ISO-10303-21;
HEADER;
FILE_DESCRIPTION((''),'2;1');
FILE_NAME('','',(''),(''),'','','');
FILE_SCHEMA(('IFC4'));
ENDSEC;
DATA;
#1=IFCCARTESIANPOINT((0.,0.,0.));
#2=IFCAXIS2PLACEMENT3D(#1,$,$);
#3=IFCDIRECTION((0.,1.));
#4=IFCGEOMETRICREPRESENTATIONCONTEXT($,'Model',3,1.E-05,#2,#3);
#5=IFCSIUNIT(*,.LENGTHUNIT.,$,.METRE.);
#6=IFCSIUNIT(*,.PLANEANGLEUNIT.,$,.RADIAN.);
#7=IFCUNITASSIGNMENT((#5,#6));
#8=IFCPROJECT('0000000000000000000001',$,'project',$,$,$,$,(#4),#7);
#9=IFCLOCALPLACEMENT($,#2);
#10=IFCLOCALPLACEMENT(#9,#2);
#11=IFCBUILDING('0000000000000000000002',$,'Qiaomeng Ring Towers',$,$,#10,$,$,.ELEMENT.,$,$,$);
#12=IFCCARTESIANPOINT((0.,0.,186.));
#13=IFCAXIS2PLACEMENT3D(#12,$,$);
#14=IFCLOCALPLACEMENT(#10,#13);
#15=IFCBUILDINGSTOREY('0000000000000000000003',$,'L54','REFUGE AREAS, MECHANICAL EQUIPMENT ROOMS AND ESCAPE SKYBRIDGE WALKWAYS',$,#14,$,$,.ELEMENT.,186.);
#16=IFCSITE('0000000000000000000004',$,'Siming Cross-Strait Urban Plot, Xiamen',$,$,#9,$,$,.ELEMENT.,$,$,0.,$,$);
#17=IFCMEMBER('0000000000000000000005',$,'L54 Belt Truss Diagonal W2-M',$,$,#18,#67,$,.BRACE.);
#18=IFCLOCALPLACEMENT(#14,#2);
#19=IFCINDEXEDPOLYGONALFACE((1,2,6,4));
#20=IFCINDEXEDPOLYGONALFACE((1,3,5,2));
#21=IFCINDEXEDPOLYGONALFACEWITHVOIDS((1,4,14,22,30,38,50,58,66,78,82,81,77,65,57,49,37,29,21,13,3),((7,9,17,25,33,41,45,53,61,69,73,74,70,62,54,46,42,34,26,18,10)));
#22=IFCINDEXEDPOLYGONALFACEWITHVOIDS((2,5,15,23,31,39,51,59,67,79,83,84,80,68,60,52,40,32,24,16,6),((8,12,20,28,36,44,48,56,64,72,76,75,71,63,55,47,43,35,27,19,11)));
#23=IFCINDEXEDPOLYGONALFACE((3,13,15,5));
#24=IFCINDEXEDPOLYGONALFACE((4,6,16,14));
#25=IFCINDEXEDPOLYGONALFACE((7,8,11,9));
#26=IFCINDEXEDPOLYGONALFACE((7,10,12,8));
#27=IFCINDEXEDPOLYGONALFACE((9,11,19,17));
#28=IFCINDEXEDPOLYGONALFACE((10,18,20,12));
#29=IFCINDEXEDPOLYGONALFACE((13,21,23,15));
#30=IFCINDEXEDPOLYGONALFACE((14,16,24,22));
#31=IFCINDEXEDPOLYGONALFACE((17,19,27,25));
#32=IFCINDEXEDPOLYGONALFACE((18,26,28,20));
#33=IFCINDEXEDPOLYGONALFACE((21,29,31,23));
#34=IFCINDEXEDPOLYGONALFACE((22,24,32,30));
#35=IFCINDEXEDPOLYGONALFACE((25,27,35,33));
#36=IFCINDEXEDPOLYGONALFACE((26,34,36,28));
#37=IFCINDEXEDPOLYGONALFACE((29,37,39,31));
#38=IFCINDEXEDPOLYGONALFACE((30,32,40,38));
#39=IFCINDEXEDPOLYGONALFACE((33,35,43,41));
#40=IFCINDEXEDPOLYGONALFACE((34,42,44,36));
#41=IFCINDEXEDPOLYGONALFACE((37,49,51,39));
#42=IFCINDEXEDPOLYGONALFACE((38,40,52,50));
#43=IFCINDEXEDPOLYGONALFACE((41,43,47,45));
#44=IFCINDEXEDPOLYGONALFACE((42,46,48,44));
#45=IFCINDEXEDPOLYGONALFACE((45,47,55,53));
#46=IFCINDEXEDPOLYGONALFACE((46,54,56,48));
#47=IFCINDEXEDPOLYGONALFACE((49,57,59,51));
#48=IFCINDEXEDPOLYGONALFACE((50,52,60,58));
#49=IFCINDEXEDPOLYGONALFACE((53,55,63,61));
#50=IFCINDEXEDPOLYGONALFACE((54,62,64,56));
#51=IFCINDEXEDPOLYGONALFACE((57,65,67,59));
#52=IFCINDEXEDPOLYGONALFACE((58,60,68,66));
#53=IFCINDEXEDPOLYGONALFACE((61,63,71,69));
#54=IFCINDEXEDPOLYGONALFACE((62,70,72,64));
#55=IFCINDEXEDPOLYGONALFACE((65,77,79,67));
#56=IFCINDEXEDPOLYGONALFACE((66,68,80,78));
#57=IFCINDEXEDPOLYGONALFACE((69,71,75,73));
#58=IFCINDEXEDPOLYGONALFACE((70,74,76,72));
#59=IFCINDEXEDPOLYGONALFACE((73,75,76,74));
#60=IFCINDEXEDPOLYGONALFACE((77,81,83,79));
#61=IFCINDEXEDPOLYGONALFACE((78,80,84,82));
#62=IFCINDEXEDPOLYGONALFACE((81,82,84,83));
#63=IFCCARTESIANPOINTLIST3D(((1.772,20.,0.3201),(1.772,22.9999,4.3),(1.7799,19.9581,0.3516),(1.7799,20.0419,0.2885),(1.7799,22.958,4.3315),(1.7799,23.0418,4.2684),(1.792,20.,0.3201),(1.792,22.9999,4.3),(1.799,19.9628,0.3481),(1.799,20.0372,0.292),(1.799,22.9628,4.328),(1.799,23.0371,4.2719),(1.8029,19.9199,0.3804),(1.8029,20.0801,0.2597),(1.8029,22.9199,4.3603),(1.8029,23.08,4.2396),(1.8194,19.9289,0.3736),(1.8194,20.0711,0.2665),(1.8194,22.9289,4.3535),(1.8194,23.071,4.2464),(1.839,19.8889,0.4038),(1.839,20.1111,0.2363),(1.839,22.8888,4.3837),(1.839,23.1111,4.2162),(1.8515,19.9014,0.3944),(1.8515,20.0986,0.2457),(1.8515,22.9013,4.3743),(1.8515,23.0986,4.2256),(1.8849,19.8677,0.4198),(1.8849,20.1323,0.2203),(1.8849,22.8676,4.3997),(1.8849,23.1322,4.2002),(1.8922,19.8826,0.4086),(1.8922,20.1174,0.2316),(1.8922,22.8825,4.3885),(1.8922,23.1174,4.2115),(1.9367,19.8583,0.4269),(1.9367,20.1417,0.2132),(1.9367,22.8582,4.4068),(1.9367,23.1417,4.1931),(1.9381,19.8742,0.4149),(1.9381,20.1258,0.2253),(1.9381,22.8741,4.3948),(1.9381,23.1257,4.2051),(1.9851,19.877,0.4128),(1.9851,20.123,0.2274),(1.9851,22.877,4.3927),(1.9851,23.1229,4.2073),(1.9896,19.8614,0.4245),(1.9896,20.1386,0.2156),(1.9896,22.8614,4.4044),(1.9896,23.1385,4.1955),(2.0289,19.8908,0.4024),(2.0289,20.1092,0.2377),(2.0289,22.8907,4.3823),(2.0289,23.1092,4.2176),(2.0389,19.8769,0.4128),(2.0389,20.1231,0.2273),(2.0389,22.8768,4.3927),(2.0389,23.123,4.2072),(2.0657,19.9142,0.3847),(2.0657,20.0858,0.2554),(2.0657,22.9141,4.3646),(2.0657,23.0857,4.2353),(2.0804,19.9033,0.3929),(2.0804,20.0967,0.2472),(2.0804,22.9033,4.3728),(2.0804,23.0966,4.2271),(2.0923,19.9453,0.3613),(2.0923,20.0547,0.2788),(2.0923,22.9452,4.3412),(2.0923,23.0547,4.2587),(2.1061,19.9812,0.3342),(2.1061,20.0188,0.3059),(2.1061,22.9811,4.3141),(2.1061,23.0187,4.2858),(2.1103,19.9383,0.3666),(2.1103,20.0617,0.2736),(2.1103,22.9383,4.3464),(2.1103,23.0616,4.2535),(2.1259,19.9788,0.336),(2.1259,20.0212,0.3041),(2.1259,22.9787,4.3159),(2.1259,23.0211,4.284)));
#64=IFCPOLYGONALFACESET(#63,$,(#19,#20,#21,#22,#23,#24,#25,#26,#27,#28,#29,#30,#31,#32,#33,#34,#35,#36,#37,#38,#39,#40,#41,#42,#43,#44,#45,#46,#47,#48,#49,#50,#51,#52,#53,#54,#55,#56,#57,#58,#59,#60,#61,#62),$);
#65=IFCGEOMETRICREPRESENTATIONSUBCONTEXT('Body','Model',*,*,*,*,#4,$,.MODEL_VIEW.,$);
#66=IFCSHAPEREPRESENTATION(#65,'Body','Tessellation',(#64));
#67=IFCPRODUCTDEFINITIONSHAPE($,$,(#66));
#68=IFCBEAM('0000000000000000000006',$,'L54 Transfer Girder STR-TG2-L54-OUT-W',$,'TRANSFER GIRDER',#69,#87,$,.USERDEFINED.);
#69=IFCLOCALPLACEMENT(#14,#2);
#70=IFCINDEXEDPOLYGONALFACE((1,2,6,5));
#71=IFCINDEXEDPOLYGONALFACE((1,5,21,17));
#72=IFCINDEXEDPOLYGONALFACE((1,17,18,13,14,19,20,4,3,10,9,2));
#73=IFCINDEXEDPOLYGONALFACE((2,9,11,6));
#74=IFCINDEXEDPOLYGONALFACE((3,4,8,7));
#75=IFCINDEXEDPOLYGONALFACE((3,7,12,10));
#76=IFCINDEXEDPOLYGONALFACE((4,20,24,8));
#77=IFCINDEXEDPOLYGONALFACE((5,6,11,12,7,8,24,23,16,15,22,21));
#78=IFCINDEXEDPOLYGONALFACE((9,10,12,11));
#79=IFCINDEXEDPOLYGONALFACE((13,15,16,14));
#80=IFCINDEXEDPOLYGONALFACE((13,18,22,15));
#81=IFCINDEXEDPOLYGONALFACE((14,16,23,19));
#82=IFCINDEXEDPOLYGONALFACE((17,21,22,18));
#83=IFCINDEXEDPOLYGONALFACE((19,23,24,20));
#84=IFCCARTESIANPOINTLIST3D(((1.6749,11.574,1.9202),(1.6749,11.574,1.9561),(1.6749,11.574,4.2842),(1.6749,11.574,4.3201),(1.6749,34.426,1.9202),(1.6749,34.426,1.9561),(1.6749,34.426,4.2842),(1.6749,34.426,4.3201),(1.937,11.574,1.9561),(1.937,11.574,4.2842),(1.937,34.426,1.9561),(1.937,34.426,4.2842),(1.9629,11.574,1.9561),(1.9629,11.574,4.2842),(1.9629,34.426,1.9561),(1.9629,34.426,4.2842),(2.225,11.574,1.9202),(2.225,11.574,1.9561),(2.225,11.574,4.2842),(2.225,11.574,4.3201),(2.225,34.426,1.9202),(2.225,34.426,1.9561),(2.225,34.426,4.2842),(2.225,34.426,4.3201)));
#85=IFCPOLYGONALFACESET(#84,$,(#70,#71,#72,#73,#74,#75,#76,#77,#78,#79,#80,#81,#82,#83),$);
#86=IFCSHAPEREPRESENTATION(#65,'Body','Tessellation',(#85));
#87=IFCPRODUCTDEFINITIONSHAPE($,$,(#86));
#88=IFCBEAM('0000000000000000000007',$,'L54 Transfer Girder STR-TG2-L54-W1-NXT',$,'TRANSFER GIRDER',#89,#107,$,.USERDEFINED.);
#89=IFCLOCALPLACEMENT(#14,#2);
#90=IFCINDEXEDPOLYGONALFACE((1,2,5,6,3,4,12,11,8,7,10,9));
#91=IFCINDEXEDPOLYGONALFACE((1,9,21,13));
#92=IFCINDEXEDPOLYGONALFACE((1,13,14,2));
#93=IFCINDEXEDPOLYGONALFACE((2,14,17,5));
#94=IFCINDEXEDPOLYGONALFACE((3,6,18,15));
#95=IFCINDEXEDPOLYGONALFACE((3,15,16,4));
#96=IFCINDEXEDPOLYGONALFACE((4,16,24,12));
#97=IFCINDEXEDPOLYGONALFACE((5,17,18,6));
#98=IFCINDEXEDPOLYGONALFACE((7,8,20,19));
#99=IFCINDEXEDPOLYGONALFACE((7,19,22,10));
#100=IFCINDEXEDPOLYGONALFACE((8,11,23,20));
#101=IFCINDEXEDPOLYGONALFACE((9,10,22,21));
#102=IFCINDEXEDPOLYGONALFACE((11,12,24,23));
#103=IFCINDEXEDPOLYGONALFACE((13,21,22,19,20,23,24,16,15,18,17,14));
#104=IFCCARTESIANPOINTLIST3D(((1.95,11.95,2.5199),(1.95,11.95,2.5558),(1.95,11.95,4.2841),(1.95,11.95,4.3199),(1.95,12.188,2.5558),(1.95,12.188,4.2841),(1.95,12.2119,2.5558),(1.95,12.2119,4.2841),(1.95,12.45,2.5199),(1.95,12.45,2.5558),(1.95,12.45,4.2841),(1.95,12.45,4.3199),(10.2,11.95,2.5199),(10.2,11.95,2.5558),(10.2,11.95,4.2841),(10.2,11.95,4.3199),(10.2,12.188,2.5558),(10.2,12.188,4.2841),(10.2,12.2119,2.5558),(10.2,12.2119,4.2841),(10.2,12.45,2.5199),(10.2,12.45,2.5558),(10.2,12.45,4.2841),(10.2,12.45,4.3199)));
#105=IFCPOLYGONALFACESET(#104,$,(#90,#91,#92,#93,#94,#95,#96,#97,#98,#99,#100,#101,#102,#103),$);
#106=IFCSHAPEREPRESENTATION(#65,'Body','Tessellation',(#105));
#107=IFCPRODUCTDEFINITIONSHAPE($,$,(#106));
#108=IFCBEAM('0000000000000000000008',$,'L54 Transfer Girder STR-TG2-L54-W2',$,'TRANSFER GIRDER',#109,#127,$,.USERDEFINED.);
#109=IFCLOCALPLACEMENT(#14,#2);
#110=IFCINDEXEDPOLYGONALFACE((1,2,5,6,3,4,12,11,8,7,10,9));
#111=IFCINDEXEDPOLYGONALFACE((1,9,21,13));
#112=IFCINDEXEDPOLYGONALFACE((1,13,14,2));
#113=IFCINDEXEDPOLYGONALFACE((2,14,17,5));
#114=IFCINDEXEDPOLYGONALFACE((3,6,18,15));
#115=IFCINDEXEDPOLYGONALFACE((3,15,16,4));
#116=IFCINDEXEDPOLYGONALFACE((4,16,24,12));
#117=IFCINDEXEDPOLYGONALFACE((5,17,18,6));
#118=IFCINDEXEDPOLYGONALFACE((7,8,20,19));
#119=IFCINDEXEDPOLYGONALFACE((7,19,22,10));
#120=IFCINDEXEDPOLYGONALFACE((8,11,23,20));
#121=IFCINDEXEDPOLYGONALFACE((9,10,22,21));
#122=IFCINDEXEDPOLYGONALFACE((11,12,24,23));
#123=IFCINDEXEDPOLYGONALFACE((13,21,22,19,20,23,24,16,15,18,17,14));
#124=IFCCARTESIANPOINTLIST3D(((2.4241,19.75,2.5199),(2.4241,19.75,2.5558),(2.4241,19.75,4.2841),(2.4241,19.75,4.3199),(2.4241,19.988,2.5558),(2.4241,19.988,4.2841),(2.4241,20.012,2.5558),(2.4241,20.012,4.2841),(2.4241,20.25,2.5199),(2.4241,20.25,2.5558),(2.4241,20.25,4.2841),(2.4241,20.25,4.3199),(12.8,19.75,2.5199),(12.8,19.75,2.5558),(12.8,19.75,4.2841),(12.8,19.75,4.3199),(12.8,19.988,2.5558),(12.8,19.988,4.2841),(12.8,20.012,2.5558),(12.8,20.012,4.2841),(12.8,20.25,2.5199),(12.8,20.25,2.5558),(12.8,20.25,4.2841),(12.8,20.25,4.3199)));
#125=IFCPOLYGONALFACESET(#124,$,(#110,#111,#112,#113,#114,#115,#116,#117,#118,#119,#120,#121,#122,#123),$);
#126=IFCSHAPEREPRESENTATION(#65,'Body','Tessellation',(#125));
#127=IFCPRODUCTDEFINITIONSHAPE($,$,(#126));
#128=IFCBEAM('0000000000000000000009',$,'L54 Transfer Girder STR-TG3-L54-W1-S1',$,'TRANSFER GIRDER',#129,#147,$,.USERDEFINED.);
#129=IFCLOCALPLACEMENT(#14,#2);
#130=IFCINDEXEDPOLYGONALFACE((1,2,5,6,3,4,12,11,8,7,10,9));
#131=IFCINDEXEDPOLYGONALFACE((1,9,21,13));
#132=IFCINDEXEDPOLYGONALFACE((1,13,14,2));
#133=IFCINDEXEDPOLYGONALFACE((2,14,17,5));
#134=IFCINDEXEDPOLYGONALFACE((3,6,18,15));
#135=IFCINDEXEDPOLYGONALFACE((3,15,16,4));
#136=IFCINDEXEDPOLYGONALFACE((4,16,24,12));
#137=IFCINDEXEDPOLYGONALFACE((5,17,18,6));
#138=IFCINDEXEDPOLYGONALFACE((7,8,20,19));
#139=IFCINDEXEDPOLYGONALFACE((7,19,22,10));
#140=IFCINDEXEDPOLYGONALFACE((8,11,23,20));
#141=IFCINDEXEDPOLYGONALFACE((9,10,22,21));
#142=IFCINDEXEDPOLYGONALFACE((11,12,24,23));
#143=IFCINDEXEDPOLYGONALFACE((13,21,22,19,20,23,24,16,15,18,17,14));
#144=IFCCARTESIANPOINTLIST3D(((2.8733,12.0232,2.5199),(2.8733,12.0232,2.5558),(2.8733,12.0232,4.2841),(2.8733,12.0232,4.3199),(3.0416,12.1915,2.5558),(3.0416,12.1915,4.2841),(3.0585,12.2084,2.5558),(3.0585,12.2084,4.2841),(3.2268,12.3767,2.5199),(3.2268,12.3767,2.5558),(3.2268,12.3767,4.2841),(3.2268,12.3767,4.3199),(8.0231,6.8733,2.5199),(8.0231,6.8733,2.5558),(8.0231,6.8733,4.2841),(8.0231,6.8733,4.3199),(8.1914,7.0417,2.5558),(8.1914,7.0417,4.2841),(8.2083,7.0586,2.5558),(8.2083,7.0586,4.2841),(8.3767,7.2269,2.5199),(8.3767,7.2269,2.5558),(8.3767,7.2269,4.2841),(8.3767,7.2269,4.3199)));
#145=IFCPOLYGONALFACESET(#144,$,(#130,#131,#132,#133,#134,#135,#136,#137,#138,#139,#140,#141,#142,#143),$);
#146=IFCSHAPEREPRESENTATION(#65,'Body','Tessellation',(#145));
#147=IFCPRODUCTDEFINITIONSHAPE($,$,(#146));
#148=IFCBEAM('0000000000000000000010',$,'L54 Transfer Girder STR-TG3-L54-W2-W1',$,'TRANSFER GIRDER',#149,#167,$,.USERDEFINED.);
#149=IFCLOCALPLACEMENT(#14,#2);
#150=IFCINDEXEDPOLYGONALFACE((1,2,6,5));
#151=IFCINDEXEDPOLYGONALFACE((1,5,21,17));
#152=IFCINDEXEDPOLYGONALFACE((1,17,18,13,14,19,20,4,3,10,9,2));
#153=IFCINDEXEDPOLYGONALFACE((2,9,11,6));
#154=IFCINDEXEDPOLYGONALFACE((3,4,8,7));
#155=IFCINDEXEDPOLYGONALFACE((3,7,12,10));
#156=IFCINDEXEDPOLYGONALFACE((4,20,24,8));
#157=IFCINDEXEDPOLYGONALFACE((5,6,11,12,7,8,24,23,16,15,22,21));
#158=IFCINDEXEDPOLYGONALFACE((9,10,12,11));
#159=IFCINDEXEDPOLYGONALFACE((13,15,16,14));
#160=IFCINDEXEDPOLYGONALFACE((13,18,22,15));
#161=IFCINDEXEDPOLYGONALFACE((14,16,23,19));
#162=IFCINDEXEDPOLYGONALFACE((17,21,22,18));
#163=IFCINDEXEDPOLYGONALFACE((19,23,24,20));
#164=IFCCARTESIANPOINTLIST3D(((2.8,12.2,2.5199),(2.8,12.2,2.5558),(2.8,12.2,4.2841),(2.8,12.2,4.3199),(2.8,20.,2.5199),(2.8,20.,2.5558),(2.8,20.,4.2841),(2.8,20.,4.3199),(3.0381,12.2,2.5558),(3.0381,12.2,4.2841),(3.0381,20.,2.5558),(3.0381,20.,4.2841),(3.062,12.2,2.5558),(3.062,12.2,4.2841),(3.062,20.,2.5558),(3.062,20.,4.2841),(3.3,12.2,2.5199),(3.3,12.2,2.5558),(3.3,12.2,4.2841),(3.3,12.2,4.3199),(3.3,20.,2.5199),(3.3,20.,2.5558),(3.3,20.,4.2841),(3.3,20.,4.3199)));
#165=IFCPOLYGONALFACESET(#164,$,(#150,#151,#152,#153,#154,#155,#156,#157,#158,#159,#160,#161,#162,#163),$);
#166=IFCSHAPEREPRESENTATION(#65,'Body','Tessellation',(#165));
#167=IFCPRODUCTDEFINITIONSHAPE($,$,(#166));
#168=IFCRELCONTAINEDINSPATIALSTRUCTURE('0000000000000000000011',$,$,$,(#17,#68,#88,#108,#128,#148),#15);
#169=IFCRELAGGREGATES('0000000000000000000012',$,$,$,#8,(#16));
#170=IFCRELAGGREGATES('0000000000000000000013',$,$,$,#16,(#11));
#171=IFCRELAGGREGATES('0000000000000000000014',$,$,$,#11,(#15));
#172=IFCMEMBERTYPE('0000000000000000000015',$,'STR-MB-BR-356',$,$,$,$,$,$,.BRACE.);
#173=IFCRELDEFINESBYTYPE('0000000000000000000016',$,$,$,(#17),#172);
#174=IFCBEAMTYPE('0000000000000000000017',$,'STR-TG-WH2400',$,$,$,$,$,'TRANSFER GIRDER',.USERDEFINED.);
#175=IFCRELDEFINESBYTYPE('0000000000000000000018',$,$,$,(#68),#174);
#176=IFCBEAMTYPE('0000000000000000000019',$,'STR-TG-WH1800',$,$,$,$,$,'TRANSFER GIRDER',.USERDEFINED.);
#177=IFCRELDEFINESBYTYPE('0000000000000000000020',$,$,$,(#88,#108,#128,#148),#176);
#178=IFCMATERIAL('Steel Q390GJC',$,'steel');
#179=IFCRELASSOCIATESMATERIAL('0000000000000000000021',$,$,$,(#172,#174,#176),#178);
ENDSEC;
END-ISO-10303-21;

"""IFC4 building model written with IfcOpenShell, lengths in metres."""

from ifc_helpers import new_model, si_unit, direction, frame, origin, origin_2d, place, context, subcontext, project, spatial, hollow_circle, i_section, extrude, source, transform, mapped, material, material_profile, profile_set, type_object, element, save


model = new_model("IFC4")

# Units and contexts
model_context = context("Model", 3, precision=1e-05, world=origin(), true_north=direction((0.0, 1.0)))
body_context = subcontext(model_context, "Body", "Model", "MODEL_VIEW")
ifc_project = project(units=[si_unit("LENGTHUNIT", "METRE"), si_unit("PLANEANGLEUNIT", "RADIAN")], contexts=[model_context])

# Site, building, storey
site_placement = place(None, origin())
site = spatial("IfcSite", under=ifc_project, at=site_placement, Name="Siming Cross-Strait Urban Plot, Xiamen", CompositionType="ELEMENT", RefElevation=0.0)
building_placement = place(site_placement, origin())
building = spatial("IfcBuilding", under=site, at=building_placement, Name="Qiaomeng Ring Towers", CompositionType="ELEMENT")
storey_placement = place(building_placement, frame((0.0, 0.0, 186.0)))
storey = spatial("IfcBuildingStorey", under=building, at=storey_placement, Name="L54", Description="REFUGE AREAS, MECHANICAL EQUIPMENT ROOMS AND ESCAPE SKYBRIDGE WALKWAYS", CompositionType="ELEMENT", Elevation=186.0)

# Shared definitions
ifc_material_1 = material(Name="Steel Q390GJC", Category="steel")

# Member
ifc_material_profile_1 = material_profile(ifc_material_1, hollow_circle(Radius=0.178, WallThickness=0.02, at=origin_2d()), Name="CHS 356x20")
ifc_profile_set_1 = profile_set([ifc_material_profile_1], Name="Steel Q390GJC")
member_type_1 = type_object("IfcMemberType", Name="STR-MB-BR-356", PredefinedType="BRACE", material=ifc_profile_set_1)
shared_shape_1 = source(origin(), body_context, "Body", "SweptSolid", [
    extrude(hollow_circle(Radius=0.178, WallThickness=0.02, at=origin_2d()), origin(), (0.0, 0.0, 1.0), 4.9839),
])
member_1_placement = place(storey_placement, frame((1.95, 20.0, 0.3201), z_axis=(0.0, 0.601926, 0.798552), x_axis=(-1.0, 0.0, 0.0)))
element("IfcMember", 1, at=member_1_placement, inside=storey, type_object=member_type_1, Name="L54 Belt Truss Diagonal W2-M", PredefinedType="BRACE", context=body_context, shape_type="MappedRepresentation", body=[
    mapped(shared_shape_1, transform((0.0, 0.0, 0.0), x_axis=(1.0, 0.0, 0.0), y_axis=(0.0, 1.0, 0.0), z_axis=(0.0, 0.0, 1.0), scale=1.0)),
])

# Beams
ifc_material_profile_2 = material_profile(ifc_material_1, i_section(OverallWidth=0.55, OverallDepth=2.3999, WebThickness=0.0259, FlangeThickness=0.0359, at=origin_2d()), Name="WH 2400x550x26x36")
ifc_profile_set_2 = profile_set([ifc_material_profile_2], Name="Steel Q390GJC")
beam_type_1 = type_object("IfcBeamType", Name="STR-TG-WH2400", ElementType="TRANSFER GIRDER", PredefinedType="USERDEFINED", material=ifc_profile_set_2)
shared_shape_2 = source(origin(), body_context, "Body", "SweptSolid", [
    extrude(i_section(OverallWidth=0.55, OverallDepth=2.3999, WebThickness=0.0259, FlangeThickness=0.0359, at=origin_2d()), origin(), (0.0, 0.0, 1.0), 22.8521),
])
beam_1_placement = place(storey_placement, frame((1.95, 11.574, 3.1201), z_axis=(0.0, 1.0, 0.0), x_axis=(-1.0, 0.0, 0.0)))
element("IfcBeam", 2, at=beam_1_placement, inside=storey, type_object=beam_type_1, Name="L54 Transfer Girder STR-TG2-L54-OUT-W", ObjectType="TRANSFER GIRDER", PredefinedType="USERDEFINED", context=body_context, shape_type="MappedRepresentation", body=[
    mapped(shared_shape_2, transform((0.0, 0.0, 0.0), x_axis=(1.0, 0.0, 0.0), y_axis=(0.0, 1.0, 0.0), z_axis=(0.0, 0.0, 1.0), scale=1.0)),
])
ifc_material_profile_3 = material_profile(ifc_material_1, i_section(OverallWidth=0.5, OverallDepth=1.8, WebThickness=0.0239, FlangeThickness=0.0359, at=origin_2d()), Name="WH 1800x500x24x36")
ifc_profile_set_3 = profile_set([ifc_material_profile_3], Name="Steel Q390GJC")
beam_type_2 = type_object("IfcBeamType", Name="STR-TG-WH1800", ElementType="TRANSFER GIRDER", PredefinedType="USERDEFINED", material=ifc_profile_set_3)
shared_shape_3 = source(origin(), body_context, "Body", "SweptSolid", [
    extrude(i_section(OverallWidth=0.5, OverallDepth=1.8, WebThickness=0.0239, FlangeThickness=0.0359, at=origin_2d()), origin(), (0.0, 0.0, 1.0), 8.25),
])
beam_2_placement = place(storey_placement, frame((1.95, 12.2, 3.4199), z_axis=(1.0, 0.0, 0.0), x_axis=(0.0, 1.0, 0.0)))
element("IfcBeam", 3, at=beam_2_placement, inside=storey, type_object=beam_type_2, Name="L54 Transfer Girder STR-TG2-L54-W1-NXT", ObjectType="TRANSFER GIRDER", PredefinedType="USERDEFINED", context=body_context, shape_type="MappedRepresentation", body=[
    mapped(shared_shape_3, transform((0.0, 0.0, 0.0), x_axis=(1.0, 0.0, 0.0), y_axis=(0.0, 1.0, 0.0), z_axis=(0.0, 0.0, 1.0), scale=1.0)),
])
shared_shape_4 = source(origin(), body_context, "Body", "SweptSolid", [
    extrude(i_section(OverallWidth=0.5, OverallDepth=1.8, WebThickness=0.0239, FlangeThickness=0.0359, at=origin_2d()), origin(), (0.0, 0.0, 1.0), 10.376),
])
beam_3_placement = place(storey_placement, frame((2.4241, 20.0, 3.4199), z_axis=(1.0, 0.0, 0.0), x_axis=(0.0, 1.0, 0.0)))
element("IfcBeam", 4, at=beam_3_placement, inside=storey, type_object=beam_type_2, Name="L54 Transfer Girder STR-TG2-L54-W2", ObjectType="TRANSFER GIRDER", PredefinedType="USERDEFINED", context=body_context, shape_type="MappedRepresentation", body=[
    mapped(shared_shape_4, transform((0.0, 0.0, 0.0), x_axis=(1.0, 0.0, 0.0), y_axis=(0.0, 1.0, 0.0), z_axis=(0.0, 0.0, 1.0), scale=1.0)),
])
shared_shape_5 = source(origin(), body_context, "Body", "SweptSolid", [
    extrude(i_section(OverallWidth=0.5, OverallDepth=1.8, WebThickness=0.0239, FlangeThickness=0.0359, at=origin_2d()), origin(), (0.0, 0.0, 1.0), 7.283),
])
beam_4_placement = place(storey_placement, frame((3.05, 12.2, 3.4199), z_axis=(0.707107, -0.707107, 0.0), x_axis=(0.707107, 0.707107, 0.0)))
element("IfcBeam", 5, at=beam_4_placement, inside=storey, type_object=beam_type_2, Name="L54 Transfer Girder STR-TG3-L54-W1-S1", ObjectType="TRANSFER GIRDER", PredefinedType="USERDEFINED", context=body_context, shape_type="MappedRepresentation", body=[
    mapped(shared_shape_5, transform((0.0, 0.0, 0.0), x_axis=(1.0, 0.0, 0.0), y_axis=(0.0, 1.0, 0.0), z_axis=(0.0, 0.0, 1.0), scale=1.0)),
])
shared_shape_6 = source(origin(), body_context, "Body", "SweptSolid", [
    extrude(i_section(OverallWidth=0.5, OverallDepth=1.8, WebThickness=0.0239, FlangeThickness=0.0359, at=origin_2d()), origin(), (0.0, 0.0, 1.0), 7.8),
])
beam_5_placement = place(storey_placement, frame((3.05, 20.0, 3.4199), z_axis=(0.0, -1.0, 0.0), x_axis=(1.0, 0.0, 0.0)))
element("IfcBeam", 6, at=beam_5_placement, inside=storey, type_object=beam_type_2, Name="L54 Transfer Girder STR-TG3-L54-W2-W1", ObjectType="TRANSFER GIRDER", PredefinedType="USERDEFINED", context=body_context, shape_type="MappedRepresentation", body=[
    mapped(shared_shape_6, transform((0.0, 0.0, 0.0), x_axis=(1.0, 0.0, 0.0), y_axis=(0.0, 1.0, 0.0), z_axis=(0.0, 0.0, 1.0), scale=1.0)),
])

save(model, "model.ifc")
